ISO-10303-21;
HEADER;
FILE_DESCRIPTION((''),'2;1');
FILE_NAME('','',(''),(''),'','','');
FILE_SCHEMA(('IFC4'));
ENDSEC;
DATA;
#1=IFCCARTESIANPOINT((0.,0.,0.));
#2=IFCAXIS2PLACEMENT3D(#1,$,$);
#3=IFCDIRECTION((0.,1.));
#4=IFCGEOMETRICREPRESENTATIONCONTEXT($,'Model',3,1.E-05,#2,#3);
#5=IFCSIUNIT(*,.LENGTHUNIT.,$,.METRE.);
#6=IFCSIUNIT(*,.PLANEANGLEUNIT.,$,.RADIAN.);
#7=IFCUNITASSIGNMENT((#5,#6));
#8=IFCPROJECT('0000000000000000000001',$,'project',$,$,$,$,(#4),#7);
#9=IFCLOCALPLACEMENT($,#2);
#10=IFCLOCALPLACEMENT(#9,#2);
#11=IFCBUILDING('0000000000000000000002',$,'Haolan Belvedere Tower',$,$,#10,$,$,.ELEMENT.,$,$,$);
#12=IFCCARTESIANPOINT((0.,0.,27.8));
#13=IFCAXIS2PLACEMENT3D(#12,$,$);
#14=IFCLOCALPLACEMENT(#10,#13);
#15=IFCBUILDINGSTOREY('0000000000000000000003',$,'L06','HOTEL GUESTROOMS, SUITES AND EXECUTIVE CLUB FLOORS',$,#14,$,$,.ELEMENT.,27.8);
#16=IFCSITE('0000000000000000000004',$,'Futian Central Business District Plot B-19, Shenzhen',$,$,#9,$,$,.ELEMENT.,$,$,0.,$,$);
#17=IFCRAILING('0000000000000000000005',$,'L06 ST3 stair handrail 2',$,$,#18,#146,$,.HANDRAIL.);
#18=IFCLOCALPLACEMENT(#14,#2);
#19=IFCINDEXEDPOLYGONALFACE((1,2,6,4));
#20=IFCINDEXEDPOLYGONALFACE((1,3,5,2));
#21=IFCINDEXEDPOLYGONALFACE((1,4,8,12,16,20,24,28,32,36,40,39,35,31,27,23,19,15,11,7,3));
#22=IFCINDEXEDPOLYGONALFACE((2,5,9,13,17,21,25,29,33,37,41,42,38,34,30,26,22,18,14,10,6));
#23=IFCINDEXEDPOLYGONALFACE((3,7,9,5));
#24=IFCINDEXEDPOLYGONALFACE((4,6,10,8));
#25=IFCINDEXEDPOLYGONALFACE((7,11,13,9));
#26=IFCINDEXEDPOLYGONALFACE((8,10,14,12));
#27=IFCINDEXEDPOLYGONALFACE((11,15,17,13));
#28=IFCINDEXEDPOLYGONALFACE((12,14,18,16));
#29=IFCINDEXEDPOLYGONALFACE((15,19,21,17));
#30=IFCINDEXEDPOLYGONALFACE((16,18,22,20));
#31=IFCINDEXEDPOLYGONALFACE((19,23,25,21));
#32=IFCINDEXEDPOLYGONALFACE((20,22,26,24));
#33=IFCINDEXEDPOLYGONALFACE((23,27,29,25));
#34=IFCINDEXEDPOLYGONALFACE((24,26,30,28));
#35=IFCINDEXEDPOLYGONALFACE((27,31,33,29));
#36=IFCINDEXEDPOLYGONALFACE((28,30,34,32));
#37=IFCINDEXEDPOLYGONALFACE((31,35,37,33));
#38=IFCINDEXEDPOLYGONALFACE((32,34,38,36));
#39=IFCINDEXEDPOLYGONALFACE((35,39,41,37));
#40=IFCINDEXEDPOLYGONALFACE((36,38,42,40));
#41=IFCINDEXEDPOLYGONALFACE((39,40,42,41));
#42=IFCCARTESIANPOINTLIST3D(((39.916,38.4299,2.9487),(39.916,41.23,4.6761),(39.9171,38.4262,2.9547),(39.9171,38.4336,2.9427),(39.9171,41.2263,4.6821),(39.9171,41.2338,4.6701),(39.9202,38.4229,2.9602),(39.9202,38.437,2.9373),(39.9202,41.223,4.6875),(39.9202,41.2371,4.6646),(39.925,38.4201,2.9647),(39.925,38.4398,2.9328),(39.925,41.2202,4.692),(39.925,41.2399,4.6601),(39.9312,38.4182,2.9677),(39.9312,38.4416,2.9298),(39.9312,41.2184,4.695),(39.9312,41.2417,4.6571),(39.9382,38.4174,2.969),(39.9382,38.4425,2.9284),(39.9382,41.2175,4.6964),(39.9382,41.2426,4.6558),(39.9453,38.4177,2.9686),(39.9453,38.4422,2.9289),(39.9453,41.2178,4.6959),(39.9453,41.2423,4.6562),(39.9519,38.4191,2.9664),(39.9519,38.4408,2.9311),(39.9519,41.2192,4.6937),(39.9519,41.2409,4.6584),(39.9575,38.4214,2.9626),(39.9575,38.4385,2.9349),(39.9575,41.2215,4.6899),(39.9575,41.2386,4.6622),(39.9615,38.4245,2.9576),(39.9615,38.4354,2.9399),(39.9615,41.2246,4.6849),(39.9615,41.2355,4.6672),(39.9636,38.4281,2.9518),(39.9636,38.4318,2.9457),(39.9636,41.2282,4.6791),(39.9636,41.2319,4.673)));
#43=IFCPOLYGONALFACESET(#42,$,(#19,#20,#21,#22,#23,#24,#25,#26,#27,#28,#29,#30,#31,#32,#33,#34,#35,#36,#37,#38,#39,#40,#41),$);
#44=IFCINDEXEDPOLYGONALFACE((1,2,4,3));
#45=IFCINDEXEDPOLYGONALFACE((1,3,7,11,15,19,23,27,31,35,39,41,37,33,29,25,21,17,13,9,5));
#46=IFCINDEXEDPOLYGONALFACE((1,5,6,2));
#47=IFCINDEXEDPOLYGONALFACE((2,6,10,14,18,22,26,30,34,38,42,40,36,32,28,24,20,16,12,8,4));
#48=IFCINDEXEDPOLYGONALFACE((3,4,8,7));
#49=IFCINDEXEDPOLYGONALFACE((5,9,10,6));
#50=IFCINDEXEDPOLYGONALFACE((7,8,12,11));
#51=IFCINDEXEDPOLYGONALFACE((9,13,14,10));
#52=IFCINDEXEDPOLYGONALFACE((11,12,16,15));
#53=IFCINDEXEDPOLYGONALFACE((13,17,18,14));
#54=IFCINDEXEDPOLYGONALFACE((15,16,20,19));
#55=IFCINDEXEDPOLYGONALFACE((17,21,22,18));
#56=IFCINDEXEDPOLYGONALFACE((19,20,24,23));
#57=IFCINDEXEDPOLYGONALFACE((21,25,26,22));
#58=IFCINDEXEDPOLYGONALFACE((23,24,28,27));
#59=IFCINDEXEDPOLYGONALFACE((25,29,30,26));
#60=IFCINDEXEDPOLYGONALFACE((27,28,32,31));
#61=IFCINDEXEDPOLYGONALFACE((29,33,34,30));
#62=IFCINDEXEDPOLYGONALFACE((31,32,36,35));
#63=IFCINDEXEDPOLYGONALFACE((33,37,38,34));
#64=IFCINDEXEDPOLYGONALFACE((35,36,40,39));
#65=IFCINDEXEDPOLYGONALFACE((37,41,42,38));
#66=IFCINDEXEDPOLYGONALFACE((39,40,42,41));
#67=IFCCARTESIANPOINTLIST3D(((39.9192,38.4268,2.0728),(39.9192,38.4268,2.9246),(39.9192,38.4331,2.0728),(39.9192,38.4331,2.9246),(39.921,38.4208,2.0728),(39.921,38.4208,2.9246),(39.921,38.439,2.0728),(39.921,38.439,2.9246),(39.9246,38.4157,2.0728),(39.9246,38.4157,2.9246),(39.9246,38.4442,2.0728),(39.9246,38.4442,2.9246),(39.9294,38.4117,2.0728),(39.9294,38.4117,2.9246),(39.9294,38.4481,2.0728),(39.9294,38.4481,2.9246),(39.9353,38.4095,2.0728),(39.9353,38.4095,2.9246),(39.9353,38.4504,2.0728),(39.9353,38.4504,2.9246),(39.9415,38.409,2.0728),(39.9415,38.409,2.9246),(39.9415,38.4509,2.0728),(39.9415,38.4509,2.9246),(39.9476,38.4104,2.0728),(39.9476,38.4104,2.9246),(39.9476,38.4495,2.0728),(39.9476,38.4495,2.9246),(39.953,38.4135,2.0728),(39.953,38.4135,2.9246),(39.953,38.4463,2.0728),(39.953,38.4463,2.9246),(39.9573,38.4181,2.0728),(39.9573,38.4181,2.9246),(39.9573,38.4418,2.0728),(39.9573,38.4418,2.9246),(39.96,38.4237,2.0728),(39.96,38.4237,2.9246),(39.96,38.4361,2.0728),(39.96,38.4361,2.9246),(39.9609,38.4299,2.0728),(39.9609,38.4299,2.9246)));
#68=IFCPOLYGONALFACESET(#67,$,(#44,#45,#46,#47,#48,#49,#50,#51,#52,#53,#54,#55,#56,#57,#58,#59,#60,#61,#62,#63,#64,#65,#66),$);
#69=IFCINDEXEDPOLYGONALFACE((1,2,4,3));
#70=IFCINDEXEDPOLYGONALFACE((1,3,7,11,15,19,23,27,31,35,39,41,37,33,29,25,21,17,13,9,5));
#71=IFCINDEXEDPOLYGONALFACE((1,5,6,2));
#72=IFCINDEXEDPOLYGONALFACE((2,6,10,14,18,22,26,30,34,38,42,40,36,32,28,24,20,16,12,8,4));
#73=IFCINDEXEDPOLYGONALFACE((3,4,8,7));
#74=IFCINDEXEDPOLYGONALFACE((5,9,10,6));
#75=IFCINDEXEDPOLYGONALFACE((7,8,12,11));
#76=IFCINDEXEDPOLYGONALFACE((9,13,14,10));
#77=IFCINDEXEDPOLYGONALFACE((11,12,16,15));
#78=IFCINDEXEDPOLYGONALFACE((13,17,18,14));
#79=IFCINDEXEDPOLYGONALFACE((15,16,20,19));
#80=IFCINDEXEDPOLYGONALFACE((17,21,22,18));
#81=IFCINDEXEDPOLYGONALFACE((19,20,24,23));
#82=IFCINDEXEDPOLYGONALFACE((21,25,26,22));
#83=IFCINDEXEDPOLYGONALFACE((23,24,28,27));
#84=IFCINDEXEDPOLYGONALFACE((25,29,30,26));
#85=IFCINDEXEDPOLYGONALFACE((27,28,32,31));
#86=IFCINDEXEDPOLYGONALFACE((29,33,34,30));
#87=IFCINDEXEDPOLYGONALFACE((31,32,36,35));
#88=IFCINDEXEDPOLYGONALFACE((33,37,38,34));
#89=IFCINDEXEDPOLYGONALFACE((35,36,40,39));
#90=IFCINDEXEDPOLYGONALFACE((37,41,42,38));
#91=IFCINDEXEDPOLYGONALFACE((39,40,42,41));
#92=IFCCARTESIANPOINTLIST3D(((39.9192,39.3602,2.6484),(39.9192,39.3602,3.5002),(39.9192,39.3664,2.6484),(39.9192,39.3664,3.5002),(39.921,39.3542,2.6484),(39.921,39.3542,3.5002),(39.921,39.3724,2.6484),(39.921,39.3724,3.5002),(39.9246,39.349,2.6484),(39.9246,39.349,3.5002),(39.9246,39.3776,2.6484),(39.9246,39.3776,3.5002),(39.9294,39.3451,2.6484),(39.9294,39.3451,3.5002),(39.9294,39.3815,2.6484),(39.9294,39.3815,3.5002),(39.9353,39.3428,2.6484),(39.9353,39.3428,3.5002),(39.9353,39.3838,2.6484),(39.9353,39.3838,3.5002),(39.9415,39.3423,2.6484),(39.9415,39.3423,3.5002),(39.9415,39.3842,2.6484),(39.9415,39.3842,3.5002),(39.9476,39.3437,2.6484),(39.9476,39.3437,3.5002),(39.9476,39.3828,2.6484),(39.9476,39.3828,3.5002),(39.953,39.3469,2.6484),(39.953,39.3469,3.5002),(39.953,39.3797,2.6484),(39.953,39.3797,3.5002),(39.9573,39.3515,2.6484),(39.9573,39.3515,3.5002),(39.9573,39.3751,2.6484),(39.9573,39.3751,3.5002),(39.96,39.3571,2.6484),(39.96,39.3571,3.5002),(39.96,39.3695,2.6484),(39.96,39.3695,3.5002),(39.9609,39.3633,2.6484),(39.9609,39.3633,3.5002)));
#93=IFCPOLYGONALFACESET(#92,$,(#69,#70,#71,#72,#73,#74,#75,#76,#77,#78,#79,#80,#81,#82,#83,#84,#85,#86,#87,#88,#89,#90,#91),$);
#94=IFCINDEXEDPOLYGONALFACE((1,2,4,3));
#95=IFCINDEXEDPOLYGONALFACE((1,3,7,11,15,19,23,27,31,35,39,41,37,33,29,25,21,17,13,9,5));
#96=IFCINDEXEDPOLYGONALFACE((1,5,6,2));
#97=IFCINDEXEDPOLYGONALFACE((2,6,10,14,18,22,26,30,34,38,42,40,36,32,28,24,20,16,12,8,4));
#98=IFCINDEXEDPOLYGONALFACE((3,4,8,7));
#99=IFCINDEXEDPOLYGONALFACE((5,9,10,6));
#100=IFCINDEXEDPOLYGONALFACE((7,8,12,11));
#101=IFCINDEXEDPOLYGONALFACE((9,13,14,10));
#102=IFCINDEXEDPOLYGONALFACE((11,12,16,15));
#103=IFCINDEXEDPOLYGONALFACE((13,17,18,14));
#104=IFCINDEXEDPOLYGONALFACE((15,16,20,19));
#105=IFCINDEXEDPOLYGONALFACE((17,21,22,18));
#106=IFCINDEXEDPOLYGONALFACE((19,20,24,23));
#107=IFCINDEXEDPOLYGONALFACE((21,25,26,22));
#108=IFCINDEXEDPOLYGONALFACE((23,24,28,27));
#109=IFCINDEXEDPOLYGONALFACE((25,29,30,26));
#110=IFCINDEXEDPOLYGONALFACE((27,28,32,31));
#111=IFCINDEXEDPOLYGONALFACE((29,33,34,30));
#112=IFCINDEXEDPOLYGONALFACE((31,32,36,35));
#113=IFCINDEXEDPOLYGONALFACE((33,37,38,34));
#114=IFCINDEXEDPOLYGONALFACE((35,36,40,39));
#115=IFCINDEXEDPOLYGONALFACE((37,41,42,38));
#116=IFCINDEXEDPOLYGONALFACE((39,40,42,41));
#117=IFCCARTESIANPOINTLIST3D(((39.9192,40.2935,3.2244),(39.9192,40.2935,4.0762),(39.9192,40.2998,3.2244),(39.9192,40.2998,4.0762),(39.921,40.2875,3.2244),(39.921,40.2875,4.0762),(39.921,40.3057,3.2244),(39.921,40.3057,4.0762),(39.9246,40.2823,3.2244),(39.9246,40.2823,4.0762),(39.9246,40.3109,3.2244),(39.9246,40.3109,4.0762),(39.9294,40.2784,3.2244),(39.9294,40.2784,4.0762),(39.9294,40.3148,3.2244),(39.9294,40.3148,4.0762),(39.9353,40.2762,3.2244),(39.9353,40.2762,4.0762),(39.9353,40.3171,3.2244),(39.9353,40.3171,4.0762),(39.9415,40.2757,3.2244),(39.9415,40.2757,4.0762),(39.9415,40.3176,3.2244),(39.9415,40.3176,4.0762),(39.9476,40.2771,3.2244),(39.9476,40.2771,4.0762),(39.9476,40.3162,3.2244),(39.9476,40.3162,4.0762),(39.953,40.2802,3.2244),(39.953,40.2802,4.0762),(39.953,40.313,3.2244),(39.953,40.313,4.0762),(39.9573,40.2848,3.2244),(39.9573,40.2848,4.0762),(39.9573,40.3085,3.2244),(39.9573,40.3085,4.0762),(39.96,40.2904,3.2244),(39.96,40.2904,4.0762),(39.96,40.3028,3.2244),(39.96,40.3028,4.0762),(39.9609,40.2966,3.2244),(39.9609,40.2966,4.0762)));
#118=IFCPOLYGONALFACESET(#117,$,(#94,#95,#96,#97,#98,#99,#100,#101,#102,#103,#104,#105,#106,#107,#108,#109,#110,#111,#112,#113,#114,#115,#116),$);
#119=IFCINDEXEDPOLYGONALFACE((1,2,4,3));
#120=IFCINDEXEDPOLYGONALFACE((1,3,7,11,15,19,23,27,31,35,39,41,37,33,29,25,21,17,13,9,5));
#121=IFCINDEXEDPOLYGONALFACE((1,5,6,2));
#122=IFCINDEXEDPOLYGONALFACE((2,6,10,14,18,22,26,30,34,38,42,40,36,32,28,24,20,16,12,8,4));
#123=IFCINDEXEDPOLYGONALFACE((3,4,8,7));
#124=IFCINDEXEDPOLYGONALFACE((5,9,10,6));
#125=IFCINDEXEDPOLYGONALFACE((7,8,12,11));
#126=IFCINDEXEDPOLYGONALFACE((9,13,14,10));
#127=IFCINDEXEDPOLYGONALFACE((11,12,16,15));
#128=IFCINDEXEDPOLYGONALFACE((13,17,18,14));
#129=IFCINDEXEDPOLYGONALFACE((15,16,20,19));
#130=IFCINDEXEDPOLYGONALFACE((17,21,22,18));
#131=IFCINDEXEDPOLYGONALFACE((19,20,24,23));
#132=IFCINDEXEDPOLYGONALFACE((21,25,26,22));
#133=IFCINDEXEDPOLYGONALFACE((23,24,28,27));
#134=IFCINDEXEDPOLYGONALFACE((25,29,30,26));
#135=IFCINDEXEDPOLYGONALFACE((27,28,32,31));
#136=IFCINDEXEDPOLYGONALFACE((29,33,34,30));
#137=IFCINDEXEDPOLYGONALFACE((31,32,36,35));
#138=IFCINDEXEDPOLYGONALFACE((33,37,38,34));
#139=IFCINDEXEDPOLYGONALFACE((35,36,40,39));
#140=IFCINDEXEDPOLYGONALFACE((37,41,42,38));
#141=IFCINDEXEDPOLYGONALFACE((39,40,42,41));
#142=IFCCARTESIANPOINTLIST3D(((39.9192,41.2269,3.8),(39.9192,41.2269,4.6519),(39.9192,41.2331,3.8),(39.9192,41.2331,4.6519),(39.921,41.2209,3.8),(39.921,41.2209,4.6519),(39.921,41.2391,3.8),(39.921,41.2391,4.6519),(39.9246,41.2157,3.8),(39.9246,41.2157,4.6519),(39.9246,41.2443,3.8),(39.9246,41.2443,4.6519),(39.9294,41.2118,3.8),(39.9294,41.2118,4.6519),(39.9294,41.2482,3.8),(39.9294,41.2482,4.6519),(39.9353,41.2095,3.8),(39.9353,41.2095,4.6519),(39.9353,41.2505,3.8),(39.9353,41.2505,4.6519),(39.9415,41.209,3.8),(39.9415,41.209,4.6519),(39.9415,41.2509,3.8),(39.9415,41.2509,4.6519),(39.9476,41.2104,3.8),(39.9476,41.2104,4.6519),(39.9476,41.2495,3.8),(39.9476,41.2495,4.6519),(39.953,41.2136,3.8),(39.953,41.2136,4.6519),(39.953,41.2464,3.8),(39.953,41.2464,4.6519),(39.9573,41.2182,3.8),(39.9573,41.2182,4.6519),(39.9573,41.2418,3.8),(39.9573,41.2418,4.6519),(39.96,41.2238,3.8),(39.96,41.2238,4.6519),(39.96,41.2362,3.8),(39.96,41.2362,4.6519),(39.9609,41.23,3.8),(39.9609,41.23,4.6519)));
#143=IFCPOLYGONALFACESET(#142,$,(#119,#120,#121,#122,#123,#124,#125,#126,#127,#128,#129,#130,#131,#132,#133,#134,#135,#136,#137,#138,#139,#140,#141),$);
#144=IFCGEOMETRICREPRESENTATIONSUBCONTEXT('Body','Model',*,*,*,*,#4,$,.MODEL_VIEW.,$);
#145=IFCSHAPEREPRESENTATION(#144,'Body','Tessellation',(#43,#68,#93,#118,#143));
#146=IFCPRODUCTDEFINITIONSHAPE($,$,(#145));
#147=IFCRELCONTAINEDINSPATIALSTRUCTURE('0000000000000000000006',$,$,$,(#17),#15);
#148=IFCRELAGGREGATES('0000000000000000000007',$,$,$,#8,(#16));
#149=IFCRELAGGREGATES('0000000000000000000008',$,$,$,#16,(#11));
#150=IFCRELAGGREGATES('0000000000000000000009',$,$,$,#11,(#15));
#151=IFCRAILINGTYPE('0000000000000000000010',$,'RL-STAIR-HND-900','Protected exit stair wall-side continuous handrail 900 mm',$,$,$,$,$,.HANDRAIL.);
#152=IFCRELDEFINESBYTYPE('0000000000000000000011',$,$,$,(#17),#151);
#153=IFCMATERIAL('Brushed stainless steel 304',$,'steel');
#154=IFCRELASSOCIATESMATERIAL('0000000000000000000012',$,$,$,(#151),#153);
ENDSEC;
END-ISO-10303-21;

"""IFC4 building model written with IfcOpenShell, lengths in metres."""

from ifc_helpers import new_model, si_unit, direction, frame, origin, origin_2d, place, context, subcontext, project, spatial, circle, extrude, material, type_object, element, save


model = new_model("IFC4")

# Units and contexts
model_context = context("Model", 3, precision=1e-05, world=origin(), true_north=direction((0.0, 1.0)))
body_context = subcontext(model_context, "Body", "Model", "MODEL_VIEW")
ifc_project = project(units=[si_unit("LENGTHUNIT", "METRE"), si_unit("PLANEANGLEUNIT", "RADIAN")], contexts=[model_context])

# Site, building, storey
site_placement = place(None, origin())
site = spatial("IfcSite", under=ifc_project, at=site_placement, Name="Futian Central Business District Plot B-19, Shenzhen", CompositionType="ELEMENT", RefElevation=0.0)
building_placement = place(site_placement, origin())
building = spatial("IfcBuilding", under=site, at=building_placement, Name="Haolan Belvedere Tower", CompositionType="ELEMENT")
storey_placement = place(building_placement, frame((0.0, 0.0, 27.8)))
storey = spatial("IfcBuildingStorey", under=building, at=storey_placement, Name="L06", Description="HOTEL GUESTROOMS, SUITES AND EXECUTIVE CLUB FLOORS", CompositionType="ELEMENT", Elevation=27.8)

# Railing
ifc_material_1 = material(Name="Brushed stainless steel 304", Category="steel")
railing_type_1 = type_object("IfcRailingType", Name="RL-STAIR-HND-900", Description="Protected exit stair wall-side continuous handrail 900 mm", PredefinedType="HANDRAIL", material=ifc_material_1)
railing_1_placement = place(storey_placement, frame((39.9399, 38.4299, 2.0728)))
element("IfcRailing", 1, at=railing_1_placement, inside=storey, type_object=railing_type_1, Name="L06 ST3 stair handrail 2", PredefinedType="HANDRAIL", context=body_context, shape_type="SweptSolid", body=[
    extrude(circle(Radius=0.0239, at=origin_2d()), frame((0.0, 0.0, 0.876), z_axis=(0.0, 0.85109, 0.52502), x_axis=(-1.0, 0.0, 0.0)), (0.0, 0.0, 1.0), 3.29),
    extrude(circle(Radius=0.021, at=origin_2d()), origin(), (0.0, 0.0, 1.0), 0.8518),
    extrude(circle(Radius=0.021, at=origin_2d()), frame((0.0, 0.9333, 0.5757)), (0.0, 0.0, 1.0), 0.8518),
    extrude(circle(Radius=0.021, at=origin_2d()), frame((0.0, 1.8667, 1.1516)), (0.0, 0.0, 1.0), 0.8518),
    extrude(circle(Radius=0.021, at=origin_2d()), frame((0.0, 2.8, 1.7273)), (0.0, 0.0, 1.0), 0.8518),
])

save(model, "model.ifc")
